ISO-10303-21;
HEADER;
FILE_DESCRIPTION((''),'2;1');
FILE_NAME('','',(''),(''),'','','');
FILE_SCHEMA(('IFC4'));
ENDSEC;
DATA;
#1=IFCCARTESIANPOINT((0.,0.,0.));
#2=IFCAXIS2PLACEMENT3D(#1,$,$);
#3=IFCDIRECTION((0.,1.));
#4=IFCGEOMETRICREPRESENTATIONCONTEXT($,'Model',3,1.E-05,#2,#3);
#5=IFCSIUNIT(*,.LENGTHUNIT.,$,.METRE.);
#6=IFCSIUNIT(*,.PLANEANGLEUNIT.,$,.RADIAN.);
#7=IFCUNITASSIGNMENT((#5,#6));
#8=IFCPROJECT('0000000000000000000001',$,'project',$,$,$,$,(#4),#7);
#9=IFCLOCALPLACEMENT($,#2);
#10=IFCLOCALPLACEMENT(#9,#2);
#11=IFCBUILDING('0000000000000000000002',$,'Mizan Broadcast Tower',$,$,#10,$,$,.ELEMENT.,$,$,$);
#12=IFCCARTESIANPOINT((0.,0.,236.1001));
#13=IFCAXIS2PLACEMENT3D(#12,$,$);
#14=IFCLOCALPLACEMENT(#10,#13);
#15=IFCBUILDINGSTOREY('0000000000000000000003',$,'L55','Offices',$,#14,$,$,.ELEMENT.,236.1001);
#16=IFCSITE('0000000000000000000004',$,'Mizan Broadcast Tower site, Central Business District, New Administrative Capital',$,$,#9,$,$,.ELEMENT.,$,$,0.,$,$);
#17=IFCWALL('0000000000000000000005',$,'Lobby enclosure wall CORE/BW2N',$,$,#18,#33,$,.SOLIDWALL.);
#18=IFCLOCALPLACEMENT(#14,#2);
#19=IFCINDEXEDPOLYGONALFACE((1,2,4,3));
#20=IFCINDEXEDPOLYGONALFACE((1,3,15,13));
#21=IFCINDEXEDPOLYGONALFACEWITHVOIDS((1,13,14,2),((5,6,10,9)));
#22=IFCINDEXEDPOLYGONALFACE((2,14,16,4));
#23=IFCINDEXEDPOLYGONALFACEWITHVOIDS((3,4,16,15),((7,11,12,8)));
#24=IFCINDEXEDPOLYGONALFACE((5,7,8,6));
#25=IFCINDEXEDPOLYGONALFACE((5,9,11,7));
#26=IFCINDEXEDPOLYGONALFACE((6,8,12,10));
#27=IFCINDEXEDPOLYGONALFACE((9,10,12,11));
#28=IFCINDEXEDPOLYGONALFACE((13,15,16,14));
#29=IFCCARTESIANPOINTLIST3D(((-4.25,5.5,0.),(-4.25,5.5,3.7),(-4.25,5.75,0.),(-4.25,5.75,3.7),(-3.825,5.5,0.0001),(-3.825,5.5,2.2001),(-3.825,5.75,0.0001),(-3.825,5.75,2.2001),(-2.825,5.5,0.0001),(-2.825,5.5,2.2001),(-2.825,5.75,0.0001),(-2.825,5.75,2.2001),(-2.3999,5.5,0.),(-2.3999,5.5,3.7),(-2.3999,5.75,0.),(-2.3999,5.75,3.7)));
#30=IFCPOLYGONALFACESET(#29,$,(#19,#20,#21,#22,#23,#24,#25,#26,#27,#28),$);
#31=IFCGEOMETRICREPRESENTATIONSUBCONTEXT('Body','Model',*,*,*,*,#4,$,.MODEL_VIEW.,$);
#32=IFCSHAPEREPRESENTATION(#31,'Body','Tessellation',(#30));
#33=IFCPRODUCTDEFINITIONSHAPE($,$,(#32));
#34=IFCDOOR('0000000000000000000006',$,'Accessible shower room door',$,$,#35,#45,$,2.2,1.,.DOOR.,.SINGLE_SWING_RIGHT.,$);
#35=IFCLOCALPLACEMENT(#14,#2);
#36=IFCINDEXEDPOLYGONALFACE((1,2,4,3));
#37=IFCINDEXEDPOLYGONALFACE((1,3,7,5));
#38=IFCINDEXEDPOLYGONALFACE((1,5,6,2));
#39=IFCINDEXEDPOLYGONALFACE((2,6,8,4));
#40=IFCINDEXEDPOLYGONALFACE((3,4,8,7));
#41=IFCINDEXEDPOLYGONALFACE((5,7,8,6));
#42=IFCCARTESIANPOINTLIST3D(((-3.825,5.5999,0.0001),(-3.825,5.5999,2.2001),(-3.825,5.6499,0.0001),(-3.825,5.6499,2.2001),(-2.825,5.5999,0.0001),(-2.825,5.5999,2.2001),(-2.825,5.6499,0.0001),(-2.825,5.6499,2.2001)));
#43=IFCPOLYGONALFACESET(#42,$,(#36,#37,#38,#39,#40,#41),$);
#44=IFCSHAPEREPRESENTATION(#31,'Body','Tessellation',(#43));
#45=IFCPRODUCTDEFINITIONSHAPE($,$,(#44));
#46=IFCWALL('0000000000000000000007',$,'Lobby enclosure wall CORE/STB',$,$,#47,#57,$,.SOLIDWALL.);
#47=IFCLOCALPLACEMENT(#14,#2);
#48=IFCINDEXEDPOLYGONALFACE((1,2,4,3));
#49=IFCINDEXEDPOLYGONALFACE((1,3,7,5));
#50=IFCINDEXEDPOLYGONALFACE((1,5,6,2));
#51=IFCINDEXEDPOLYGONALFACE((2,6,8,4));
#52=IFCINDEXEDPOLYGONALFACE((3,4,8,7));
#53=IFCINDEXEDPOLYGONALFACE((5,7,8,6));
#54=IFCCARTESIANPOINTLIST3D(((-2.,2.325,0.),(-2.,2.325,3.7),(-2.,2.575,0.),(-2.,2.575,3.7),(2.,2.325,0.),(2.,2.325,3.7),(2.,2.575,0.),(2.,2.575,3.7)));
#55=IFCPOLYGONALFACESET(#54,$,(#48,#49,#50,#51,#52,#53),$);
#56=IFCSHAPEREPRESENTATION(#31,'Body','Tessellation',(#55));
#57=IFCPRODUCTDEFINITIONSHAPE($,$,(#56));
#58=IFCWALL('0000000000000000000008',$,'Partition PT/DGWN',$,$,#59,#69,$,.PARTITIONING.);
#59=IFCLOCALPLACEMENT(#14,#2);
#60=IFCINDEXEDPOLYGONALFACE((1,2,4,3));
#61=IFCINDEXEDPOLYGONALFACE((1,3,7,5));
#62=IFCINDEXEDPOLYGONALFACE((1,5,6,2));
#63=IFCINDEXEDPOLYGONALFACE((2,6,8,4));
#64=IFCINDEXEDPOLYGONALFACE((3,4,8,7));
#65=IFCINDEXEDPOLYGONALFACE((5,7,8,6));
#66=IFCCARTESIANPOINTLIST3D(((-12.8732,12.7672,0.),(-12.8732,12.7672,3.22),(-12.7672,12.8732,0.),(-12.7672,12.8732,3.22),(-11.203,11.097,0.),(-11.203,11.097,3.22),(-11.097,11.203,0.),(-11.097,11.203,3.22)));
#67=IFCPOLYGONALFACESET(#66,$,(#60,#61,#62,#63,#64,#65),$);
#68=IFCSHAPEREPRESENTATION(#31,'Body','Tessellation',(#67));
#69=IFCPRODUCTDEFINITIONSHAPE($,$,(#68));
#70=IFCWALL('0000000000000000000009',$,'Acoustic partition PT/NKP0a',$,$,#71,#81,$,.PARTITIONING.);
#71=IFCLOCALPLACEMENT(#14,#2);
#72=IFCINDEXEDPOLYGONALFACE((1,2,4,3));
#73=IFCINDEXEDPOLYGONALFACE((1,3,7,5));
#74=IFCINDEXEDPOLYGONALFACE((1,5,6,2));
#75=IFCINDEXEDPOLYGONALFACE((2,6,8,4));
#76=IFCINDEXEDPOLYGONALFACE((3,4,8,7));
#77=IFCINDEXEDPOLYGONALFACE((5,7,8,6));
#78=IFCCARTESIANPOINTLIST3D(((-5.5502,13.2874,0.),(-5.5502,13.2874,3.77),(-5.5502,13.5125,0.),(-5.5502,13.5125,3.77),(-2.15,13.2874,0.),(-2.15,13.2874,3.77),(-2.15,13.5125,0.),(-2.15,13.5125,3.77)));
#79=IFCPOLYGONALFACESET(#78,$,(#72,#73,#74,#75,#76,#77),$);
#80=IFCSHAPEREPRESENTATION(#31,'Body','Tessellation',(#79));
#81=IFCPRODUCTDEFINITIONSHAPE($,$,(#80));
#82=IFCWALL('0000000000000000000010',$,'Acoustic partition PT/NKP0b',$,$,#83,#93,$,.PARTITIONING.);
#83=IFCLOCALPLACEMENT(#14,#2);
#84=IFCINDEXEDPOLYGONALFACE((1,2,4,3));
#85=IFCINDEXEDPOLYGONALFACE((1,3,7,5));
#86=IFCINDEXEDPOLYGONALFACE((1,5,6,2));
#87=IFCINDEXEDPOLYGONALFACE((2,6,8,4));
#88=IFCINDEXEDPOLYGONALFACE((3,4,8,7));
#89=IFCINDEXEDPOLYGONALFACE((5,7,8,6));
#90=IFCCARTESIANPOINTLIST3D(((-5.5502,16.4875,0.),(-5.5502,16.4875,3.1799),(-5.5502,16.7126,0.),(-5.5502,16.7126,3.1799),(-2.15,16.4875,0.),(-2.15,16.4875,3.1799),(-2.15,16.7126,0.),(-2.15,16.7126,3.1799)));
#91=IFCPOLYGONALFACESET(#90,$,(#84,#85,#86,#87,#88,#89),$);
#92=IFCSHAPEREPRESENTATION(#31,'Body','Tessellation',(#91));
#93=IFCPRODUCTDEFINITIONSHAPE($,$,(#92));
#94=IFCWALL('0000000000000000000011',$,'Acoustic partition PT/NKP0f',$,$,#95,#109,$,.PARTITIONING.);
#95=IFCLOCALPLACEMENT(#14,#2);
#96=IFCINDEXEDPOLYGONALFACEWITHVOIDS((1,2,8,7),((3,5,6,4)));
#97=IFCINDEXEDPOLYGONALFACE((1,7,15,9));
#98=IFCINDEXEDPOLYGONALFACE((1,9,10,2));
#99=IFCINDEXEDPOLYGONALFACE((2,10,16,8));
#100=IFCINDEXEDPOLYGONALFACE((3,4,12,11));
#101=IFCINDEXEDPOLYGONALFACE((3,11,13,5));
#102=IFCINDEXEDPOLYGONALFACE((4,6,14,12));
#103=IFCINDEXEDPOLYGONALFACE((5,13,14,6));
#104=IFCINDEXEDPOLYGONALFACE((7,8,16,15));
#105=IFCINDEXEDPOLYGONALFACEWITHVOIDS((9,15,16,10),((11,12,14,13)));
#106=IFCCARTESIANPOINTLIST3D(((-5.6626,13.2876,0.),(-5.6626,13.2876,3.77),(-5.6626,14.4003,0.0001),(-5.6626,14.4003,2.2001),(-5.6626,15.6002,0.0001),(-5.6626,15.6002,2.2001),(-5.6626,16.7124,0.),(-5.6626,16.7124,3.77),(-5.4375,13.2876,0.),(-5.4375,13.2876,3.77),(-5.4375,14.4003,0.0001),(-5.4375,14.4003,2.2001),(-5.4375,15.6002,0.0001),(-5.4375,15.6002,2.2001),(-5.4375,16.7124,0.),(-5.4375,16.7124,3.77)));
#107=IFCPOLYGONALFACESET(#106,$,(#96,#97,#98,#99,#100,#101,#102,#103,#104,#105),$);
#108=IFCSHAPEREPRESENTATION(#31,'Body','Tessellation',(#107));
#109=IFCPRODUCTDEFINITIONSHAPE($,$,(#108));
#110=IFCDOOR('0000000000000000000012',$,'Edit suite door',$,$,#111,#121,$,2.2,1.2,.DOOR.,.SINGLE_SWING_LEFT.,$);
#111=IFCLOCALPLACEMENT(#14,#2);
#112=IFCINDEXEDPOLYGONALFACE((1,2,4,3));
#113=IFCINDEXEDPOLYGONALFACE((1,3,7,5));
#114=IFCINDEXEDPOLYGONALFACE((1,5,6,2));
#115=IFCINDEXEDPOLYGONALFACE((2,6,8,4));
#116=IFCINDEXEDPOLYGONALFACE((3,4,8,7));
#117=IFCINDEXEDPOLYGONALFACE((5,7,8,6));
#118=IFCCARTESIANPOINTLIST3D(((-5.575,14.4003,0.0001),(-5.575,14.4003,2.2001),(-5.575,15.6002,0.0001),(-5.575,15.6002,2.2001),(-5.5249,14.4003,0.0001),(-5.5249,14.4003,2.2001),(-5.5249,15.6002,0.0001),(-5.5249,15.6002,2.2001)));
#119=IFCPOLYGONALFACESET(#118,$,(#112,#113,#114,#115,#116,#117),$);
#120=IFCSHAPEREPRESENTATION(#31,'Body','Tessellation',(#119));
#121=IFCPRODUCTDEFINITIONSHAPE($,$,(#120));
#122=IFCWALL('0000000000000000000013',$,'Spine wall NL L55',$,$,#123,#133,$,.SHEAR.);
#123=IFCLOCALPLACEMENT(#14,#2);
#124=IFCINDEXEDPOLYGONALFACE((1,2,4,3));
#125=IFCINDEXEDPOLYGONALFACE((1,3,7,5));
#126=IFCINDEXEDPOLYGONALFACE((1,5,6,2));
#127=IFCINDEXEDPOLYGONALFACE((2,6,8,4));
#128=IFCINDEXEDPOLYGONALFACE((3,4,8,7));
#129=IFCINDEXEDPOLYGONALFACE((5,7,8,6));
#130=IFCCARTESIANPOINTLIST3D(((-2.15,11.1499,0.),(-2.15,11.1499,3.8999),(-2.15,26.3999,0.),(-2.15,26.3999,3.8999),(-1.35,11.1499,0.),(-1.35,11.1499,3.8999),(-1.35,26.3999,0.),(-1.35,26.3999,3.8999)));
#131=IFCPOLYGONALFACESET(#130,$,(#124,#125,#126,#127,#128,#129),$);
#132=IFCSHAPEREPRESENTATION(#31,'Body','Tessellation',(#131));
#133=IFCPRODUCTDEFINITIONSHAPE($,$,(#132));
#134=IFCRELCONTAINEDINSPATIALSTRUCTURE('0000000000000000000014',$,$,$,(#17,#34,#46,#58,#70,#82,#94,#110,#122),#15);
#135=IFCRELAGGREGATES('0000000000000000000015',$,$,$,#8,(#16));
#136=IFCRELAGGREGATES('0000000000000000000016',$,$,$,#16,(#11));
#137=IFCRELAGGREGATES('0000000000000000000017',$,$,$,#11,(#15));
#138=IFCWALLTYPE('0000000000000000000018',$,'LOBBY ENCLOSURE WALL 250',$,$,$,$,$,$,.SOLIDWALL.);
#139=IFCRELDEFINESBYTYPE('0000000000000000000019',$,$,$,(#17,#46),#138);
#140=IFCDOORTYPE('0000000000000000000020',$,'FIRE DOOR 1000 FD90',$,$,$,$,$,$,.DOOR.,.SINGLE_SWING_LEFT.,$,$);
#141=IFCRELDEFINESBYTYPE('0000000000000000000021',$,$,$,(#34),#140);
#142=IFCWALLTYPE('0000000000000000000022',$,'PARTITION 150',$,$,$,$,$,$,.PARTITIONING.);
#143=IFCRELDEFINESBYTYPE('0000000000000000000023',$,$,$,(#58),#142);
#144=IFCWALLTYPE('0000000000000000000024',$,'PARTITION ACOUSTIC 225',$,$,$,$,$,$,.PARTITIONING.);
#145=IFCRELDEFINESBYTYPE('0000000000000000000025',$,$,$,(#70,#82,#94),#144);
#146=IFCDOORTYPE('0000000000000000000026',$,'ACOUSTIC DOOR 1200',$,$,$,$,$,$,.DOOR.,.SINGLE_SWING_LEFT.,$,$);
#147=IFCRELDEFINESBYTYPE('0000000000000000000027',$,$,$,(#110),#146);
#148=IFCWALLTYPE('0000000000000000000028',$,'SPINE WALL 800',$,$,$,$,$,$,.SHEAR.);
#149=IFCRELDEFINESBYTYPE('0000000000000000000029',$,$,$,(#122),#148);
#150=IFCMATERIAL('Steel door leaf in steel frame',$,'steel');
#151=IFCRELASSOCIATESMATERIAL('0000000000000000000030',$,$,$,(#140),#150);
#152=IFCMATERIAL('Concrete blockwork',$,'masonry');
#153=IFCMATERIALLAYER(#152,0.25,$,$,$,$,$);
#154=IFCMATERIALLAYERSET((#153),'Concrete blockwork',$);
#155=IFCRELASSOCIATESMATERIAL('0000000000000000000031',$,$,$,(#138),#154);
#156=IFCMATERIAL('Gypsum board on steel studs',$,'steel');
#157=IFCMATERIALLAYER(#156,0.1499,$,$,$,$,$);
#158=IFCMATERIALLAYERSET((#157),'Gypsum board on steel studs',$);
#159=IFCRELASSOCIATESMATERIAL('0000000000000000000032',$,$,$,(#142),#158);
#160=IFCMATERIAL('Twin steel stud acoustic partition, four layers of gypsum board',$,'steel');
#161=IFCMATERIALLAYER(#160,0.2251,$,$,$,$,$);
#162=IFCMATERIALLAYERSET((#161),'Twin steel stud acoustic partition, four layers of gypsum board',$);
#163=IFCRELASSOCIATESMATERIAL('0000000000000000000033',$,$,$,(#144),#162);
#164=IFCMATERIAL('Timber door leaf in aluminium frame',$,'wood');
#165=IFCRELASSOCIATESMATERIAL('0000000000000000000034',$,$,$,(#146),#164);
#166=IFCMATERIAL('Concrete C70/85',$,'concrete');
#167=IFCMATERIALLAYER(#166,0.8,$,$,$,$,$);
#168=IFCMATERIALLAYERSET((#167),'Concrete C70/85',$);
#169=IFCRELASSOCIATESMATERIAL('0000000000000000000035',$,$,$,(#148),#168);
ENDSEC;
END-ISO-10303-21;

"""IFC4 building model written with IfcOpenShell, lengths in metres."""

from ifc_helpers import new_model, si_unit, direction, frame, frame_2d, origin, place, context, subcontext, project, spatial, rectangle, extrude, material, layer, layer_set, type_object, element, fill, save


model = new_model("IFC4")

# Units and contexts
model_context = context("Model", 3, precision=1e-05, world=origin(), true_north=direction((0.0, 1.0)))
body_context = subcontext(model_context, "Body", "Model", "MODEL_VIEW")
ifc_project = project(units=[si_unit("LENGTHUNIT", "METRE"), si_unit("PLANEANGLEUNIT", "RADIAN")], contexts=[model_context])

# Site, building, storey
site_placement = place(None, origin())
site = spatial("IfcSite", under=ifc_project, at=site_placement, Name="Mizan Broadcast Tower site, Central Business District, New Administrative Capital", CompositionType="ELEMENT", RefElevation=0.0)
building_placement = place(site_placement, origin())
building = spatial("IfcBuilding", under=site, at=building_placement, Name="Mizan Broadcast Tower", CompositionType="ELEMENT")
storey_placement = place(building_placement, frame((0.0, 0.0, 236.1001)))
storey = spatial("IfcBuildingStorey", under=building, at=storey_placement, Name="L55", Description="Offices", CompositionType="ELEMENT", Elevation=236.1001)

# Shared definitions
ifc_material_1 = material(Name="Steel door leaf in steel frame", Category="steel")
door_type_1 = type_object("IfcDoorType", Name="FIRE DOOR 1000 FD90", OperationType="SINGLE_SWING_LEFT", PredefinedType="DOOR", material=ifc_material_1)

# Wall, opening, door
ifc_material_2 = material(Name="Concrete blockwork", Category="masonry")
ifc_layer_1 = layer(ifc_material_2, 0.25)
ifc_layer_set_1 = layer_set([ifc_layer_1], Name="Concrete blockwork")
wall_type_1 = type_object("IfcWallType", Name="LOBBY ENCLOSURE WALL 250", PredefinedType="SOLIDWALL", material=ifc_layer_set_1)
wall_1_placement = place(storey_placement, frame((-4.25, 5.625, 0.0), z_axis=(0.0, 0.0, 1.0), x_axis=(1.0, 0.0, 0.0)))
wall_1 = element("IfcWall", 1, at=wall_1_placement, inside=storey, type_object=wall_type_1, Name="Lobby enclosure wall CORE/BW2N", PredefinedType="SOLIDWALL", context=body_context, shape_type="SweptSolid", body=[
    extrude(rectangle(XDim=1.8501, YDim=0.25, at=frame_2d((0.925, 0.0))), origin(), (0.0, 0.0, 1.0), 3.7),
])
opening_1_placement = place(wall_1_placement, frame((0.425, 0.0, 0.0)))
opening_1 = element("IfcOpeningElement", 2, at=opening_1_placement, cuts=wall_1, PredefinedType="OPENING", context=body_context, shape_type="SweptSolid", body=[
    extrude(rectangle(XDim=1.0, YDim=2.2, at=frame_2d((0.5, 1.1001))), frame((0.0, 0.135, 0.0), z_axis=(0.0, -1.0, 0.0), x_axis=(1.0, 0.0, 0.0)), (0.0, 0.0, 1.0), 0.27),
])
door_1_placement = place(opening_1_placement, origin())
door_1 = element("IfcDoor", 3, at=door_1_placement, inside=storey, type_object=door_type_1, Name="Accessible shower room door", OperationType="SINGLE_SWING_RIGHT", OverallHeight=2.2, OverallWidth=1.0, PredefinedType="DOOR", context=body_context, shape_type="SweptSolid", body=[
    extrude(rectangle(XDim=1.0, YDim=2.2, at=frame_2d((0.5, 1.1001))), frame((0.0, 0.0249, 0.0), z_axis=(0.0, -1.0, 0.0), x_axis=(1.0, 0.0, 0.0)), (0.0, 0.0, 1.0), 0.05),
])
fill(opening_1, door_1)

# Walls
wall_2_placement = place(storey_placement, frame((-2.0, 2.45, 0.0), z_axis=(0.0, 0.0, 1.0), x_axis=(1.0, 0.0, 0.0)))
element("IfcWall", 4, at=wall_2_placement, inside=storey, type_object=wall_type_1, Name="Lobby enclosure wall CORE/STB", PredefinedType="SOLIDWALL", context=body_context, shape_type="SweptSolid", body=[
    extrude(rectangle(XDim=4.0, YDim=0.25, at=frame_2d((2.0, 0.0))), origin(), (0.0, 0.0, 1.0), 3.7),
])
ifc_material_3 = material(Name="Gypsum board on steel studs", Category="steel")
ifc_layer_2 = layer(ifc_material_3, 0.1499)
ifc_layer_set_2 = layer_set([ifc_layer_2], Name="Gypsum board on steel studs")
wall_type_2 = type_object("IfcWallType", Name="PARTITION 150", PredefinedType="PARTITIONING", material=ifc_layer_set_2)
wall_3_placement = place(storey_placement, frame((-11.1499, 11.1499, 0.0), z_axis=(0.0, 0.0, 1.0), x_axis=(-0.707107, 0.707107, 0.0)))
element("IfcWall", 5, at=wall_3_placement, inside=storey, type_object=wall_type_2, Name="Partition PT/DGWN", PredefinedType="PARTITIONING", context=body_context, shape_type="SweptSolid", body=[
    extrude(rectangle(XDim=2.3621, YDim=0.1499, at=frame_2d((1.1812, 0.0))), origin(), (0.0, 0.0, 1.0), 3.22),
])
ifc_material_4 = material(Name="Twin steel stud acoustic partition, four layers of gypsum board", Category="steel")
ifc_layer_3 = layer(ifc_material_4, 0.2251)
ifc_layer_set_3 = layer_set([ifc_layer_3], Name="Twin steel stud acoustic partition, four layers of gypsum board")
wall_type_3 = type_object("IfcWallType", Name="PARTITION ACOUSTIC 225", PredefinedType="PARTITIONING", material=ifc_layer_set_3)
wall_4_placement = place(storey_placement, frame((-2.1499, 13.3999, 0.0), z_axis=(0.0, 0.0, 1.0), x_axis=(-1.0, 0.0, 0.0)))
element("IfcWall", 6, at=wall_4_placement, inside=storey, type_object=wall_type_3, Name="Acoustic partition PT/NKP0a", PredefinedType="PARTITIONING", context=body_context, shape_type="SweptSolid", body=[
    extrude(rectangle(XDim=3.4001, YDim=0.2251, at=frame_2d((1.7002, 0.0))), origin(), (0.0, 0.0, 1.0), 3.77),
])
wall_5_placement = place(storey_placement, frame((-2.1499, 16.6001, 0.0), z_axis=(0.0, 0.0, 1.0), x_axis=(-1.0, 0.0, 0.0)))
element("IfcWall", 7, at=wall_5_placement, inside=storey, type_object=wall_type_3, Name="Acoustic partition PT/NKP0b", PredefinedType="PARTITIONING", context=body_context, shape_type="SweptSolid", body=[
    extrude(rectangle(XDim=3.4001, YDim=0.2251, at=frame_2d((1.7002, 0.0))), origin(), (0.0, 0.0, 1.0), 3.1799),
])

# Wall, opening, door
wall_6_placement = place(storey_placement, frame((-5.55, 13.2876, 0.0), z_axis=(0.0, 0.0, 1.0), x_axis=(0.0, 1.0, 0.0)))
wall_6 = element("IfcWall", 8, at=wall_6_placement, inside=storey, type_object=wall_type_3, Name="Acoustic partition PT/NKP0f", PredefinedType="PARTITIONING", context=body_context, shape_type="SweptSolid", body=[
    extrude(rectangle(XDim=3.4248, YDim=0.2251, at=frame_2d((1.7124, 0.0))), origin(), (0.0, 0.0, 1.0), 3.77),
])
opening_2_placement = place(wall_6_placement, frame((1.1125, 0.0, 0.0)))
opening_2 = element("IfcOpeningElement", 9, at=opening_2_placement, cuts=wall_6, PredefinedType="OPENING", context=body_context, shape_type="SweptSolid", body=[
    extrude(rectangle(XDim=1.2, YDim=2.2, at=frame_2d((0.6001, 1.1001))), frame((0.0, 0.1226, 0.0), z_axis=(0.0, -1.0, 0.0), x_axis=(1.0, 0.0, 0.0)), (0.0, 0.0, 1.0), 0.2451),
])
ifc_material_5 = material(Name="Timber door leaf in aluminium frame", Category="wood")
door_type_2 = type_object("IfcDoorType", Name="ACOUSTIC DOOR 1200", OperationType="SINGLE_SWING_LEFT", PredefinedType="DOOR", material=ifc_material_5)
door_2_placement = place(opening_2_placement, origin())
door_2 = element("IfcDoor", 10, at=door_2_placement, inside=storey, type_object=door_type_2, Name="Edit suite door", OperationType="SINGLE_SWING_LEFT", OverallHeight=2.2, OverallWidth=1.2, PredefinedType="DOOR", context=body_context, shape_type="SweptSolid", body=[
    extrude(rectangle(XDim=1.2, YDim=2.2, at=frame_2d((0.6001, 1.1001))), frame((0.0, 0.0249, 0.0), z_axis=(0.0, -1.0, 0.0), x_axis=(1.0, 0.0, 0.0)), (0.0, 0.0, 1.0), 0.05),
])
fill(opening_2, door_2)

# Wall
ifc_material_6 = material(Name="Concrete C70/85", Category="concrete")
ifc_layer_4 = layer(ifc_material_6, 0.8)
ifc_layer_set_4 = layer_set([ifc_layer_4], Name="Concrete C70/85")
wall_type_4 = type_object("IfcWallType", Name="SPINE WALL 800", PredefinedType="SHEAR", material=ifc_layer_set_4)
wall_7_placement = place(storey_placement, frame((-1.75, 11.1499, 0.0), z_axis=(0.0, 0.0, 1.0), x_axis=(0.0, 1.0, 0.0)))
element("IfcWall", 11, at=wall_7_placement, inside=storey, type_object=wall_type_4, Name="Spine wall NL L55", PredefinedType="SHEAR", context=body_context, shape_type="SweptSolid", body=[
    extrude(rectangle(XDim=15.25, YDim=0.8, at=frame_2d((7.625, 0.0))), origin(), (0.0, 0.0, 1.0), 3.8999),
])

save(model, "model.ifc")
